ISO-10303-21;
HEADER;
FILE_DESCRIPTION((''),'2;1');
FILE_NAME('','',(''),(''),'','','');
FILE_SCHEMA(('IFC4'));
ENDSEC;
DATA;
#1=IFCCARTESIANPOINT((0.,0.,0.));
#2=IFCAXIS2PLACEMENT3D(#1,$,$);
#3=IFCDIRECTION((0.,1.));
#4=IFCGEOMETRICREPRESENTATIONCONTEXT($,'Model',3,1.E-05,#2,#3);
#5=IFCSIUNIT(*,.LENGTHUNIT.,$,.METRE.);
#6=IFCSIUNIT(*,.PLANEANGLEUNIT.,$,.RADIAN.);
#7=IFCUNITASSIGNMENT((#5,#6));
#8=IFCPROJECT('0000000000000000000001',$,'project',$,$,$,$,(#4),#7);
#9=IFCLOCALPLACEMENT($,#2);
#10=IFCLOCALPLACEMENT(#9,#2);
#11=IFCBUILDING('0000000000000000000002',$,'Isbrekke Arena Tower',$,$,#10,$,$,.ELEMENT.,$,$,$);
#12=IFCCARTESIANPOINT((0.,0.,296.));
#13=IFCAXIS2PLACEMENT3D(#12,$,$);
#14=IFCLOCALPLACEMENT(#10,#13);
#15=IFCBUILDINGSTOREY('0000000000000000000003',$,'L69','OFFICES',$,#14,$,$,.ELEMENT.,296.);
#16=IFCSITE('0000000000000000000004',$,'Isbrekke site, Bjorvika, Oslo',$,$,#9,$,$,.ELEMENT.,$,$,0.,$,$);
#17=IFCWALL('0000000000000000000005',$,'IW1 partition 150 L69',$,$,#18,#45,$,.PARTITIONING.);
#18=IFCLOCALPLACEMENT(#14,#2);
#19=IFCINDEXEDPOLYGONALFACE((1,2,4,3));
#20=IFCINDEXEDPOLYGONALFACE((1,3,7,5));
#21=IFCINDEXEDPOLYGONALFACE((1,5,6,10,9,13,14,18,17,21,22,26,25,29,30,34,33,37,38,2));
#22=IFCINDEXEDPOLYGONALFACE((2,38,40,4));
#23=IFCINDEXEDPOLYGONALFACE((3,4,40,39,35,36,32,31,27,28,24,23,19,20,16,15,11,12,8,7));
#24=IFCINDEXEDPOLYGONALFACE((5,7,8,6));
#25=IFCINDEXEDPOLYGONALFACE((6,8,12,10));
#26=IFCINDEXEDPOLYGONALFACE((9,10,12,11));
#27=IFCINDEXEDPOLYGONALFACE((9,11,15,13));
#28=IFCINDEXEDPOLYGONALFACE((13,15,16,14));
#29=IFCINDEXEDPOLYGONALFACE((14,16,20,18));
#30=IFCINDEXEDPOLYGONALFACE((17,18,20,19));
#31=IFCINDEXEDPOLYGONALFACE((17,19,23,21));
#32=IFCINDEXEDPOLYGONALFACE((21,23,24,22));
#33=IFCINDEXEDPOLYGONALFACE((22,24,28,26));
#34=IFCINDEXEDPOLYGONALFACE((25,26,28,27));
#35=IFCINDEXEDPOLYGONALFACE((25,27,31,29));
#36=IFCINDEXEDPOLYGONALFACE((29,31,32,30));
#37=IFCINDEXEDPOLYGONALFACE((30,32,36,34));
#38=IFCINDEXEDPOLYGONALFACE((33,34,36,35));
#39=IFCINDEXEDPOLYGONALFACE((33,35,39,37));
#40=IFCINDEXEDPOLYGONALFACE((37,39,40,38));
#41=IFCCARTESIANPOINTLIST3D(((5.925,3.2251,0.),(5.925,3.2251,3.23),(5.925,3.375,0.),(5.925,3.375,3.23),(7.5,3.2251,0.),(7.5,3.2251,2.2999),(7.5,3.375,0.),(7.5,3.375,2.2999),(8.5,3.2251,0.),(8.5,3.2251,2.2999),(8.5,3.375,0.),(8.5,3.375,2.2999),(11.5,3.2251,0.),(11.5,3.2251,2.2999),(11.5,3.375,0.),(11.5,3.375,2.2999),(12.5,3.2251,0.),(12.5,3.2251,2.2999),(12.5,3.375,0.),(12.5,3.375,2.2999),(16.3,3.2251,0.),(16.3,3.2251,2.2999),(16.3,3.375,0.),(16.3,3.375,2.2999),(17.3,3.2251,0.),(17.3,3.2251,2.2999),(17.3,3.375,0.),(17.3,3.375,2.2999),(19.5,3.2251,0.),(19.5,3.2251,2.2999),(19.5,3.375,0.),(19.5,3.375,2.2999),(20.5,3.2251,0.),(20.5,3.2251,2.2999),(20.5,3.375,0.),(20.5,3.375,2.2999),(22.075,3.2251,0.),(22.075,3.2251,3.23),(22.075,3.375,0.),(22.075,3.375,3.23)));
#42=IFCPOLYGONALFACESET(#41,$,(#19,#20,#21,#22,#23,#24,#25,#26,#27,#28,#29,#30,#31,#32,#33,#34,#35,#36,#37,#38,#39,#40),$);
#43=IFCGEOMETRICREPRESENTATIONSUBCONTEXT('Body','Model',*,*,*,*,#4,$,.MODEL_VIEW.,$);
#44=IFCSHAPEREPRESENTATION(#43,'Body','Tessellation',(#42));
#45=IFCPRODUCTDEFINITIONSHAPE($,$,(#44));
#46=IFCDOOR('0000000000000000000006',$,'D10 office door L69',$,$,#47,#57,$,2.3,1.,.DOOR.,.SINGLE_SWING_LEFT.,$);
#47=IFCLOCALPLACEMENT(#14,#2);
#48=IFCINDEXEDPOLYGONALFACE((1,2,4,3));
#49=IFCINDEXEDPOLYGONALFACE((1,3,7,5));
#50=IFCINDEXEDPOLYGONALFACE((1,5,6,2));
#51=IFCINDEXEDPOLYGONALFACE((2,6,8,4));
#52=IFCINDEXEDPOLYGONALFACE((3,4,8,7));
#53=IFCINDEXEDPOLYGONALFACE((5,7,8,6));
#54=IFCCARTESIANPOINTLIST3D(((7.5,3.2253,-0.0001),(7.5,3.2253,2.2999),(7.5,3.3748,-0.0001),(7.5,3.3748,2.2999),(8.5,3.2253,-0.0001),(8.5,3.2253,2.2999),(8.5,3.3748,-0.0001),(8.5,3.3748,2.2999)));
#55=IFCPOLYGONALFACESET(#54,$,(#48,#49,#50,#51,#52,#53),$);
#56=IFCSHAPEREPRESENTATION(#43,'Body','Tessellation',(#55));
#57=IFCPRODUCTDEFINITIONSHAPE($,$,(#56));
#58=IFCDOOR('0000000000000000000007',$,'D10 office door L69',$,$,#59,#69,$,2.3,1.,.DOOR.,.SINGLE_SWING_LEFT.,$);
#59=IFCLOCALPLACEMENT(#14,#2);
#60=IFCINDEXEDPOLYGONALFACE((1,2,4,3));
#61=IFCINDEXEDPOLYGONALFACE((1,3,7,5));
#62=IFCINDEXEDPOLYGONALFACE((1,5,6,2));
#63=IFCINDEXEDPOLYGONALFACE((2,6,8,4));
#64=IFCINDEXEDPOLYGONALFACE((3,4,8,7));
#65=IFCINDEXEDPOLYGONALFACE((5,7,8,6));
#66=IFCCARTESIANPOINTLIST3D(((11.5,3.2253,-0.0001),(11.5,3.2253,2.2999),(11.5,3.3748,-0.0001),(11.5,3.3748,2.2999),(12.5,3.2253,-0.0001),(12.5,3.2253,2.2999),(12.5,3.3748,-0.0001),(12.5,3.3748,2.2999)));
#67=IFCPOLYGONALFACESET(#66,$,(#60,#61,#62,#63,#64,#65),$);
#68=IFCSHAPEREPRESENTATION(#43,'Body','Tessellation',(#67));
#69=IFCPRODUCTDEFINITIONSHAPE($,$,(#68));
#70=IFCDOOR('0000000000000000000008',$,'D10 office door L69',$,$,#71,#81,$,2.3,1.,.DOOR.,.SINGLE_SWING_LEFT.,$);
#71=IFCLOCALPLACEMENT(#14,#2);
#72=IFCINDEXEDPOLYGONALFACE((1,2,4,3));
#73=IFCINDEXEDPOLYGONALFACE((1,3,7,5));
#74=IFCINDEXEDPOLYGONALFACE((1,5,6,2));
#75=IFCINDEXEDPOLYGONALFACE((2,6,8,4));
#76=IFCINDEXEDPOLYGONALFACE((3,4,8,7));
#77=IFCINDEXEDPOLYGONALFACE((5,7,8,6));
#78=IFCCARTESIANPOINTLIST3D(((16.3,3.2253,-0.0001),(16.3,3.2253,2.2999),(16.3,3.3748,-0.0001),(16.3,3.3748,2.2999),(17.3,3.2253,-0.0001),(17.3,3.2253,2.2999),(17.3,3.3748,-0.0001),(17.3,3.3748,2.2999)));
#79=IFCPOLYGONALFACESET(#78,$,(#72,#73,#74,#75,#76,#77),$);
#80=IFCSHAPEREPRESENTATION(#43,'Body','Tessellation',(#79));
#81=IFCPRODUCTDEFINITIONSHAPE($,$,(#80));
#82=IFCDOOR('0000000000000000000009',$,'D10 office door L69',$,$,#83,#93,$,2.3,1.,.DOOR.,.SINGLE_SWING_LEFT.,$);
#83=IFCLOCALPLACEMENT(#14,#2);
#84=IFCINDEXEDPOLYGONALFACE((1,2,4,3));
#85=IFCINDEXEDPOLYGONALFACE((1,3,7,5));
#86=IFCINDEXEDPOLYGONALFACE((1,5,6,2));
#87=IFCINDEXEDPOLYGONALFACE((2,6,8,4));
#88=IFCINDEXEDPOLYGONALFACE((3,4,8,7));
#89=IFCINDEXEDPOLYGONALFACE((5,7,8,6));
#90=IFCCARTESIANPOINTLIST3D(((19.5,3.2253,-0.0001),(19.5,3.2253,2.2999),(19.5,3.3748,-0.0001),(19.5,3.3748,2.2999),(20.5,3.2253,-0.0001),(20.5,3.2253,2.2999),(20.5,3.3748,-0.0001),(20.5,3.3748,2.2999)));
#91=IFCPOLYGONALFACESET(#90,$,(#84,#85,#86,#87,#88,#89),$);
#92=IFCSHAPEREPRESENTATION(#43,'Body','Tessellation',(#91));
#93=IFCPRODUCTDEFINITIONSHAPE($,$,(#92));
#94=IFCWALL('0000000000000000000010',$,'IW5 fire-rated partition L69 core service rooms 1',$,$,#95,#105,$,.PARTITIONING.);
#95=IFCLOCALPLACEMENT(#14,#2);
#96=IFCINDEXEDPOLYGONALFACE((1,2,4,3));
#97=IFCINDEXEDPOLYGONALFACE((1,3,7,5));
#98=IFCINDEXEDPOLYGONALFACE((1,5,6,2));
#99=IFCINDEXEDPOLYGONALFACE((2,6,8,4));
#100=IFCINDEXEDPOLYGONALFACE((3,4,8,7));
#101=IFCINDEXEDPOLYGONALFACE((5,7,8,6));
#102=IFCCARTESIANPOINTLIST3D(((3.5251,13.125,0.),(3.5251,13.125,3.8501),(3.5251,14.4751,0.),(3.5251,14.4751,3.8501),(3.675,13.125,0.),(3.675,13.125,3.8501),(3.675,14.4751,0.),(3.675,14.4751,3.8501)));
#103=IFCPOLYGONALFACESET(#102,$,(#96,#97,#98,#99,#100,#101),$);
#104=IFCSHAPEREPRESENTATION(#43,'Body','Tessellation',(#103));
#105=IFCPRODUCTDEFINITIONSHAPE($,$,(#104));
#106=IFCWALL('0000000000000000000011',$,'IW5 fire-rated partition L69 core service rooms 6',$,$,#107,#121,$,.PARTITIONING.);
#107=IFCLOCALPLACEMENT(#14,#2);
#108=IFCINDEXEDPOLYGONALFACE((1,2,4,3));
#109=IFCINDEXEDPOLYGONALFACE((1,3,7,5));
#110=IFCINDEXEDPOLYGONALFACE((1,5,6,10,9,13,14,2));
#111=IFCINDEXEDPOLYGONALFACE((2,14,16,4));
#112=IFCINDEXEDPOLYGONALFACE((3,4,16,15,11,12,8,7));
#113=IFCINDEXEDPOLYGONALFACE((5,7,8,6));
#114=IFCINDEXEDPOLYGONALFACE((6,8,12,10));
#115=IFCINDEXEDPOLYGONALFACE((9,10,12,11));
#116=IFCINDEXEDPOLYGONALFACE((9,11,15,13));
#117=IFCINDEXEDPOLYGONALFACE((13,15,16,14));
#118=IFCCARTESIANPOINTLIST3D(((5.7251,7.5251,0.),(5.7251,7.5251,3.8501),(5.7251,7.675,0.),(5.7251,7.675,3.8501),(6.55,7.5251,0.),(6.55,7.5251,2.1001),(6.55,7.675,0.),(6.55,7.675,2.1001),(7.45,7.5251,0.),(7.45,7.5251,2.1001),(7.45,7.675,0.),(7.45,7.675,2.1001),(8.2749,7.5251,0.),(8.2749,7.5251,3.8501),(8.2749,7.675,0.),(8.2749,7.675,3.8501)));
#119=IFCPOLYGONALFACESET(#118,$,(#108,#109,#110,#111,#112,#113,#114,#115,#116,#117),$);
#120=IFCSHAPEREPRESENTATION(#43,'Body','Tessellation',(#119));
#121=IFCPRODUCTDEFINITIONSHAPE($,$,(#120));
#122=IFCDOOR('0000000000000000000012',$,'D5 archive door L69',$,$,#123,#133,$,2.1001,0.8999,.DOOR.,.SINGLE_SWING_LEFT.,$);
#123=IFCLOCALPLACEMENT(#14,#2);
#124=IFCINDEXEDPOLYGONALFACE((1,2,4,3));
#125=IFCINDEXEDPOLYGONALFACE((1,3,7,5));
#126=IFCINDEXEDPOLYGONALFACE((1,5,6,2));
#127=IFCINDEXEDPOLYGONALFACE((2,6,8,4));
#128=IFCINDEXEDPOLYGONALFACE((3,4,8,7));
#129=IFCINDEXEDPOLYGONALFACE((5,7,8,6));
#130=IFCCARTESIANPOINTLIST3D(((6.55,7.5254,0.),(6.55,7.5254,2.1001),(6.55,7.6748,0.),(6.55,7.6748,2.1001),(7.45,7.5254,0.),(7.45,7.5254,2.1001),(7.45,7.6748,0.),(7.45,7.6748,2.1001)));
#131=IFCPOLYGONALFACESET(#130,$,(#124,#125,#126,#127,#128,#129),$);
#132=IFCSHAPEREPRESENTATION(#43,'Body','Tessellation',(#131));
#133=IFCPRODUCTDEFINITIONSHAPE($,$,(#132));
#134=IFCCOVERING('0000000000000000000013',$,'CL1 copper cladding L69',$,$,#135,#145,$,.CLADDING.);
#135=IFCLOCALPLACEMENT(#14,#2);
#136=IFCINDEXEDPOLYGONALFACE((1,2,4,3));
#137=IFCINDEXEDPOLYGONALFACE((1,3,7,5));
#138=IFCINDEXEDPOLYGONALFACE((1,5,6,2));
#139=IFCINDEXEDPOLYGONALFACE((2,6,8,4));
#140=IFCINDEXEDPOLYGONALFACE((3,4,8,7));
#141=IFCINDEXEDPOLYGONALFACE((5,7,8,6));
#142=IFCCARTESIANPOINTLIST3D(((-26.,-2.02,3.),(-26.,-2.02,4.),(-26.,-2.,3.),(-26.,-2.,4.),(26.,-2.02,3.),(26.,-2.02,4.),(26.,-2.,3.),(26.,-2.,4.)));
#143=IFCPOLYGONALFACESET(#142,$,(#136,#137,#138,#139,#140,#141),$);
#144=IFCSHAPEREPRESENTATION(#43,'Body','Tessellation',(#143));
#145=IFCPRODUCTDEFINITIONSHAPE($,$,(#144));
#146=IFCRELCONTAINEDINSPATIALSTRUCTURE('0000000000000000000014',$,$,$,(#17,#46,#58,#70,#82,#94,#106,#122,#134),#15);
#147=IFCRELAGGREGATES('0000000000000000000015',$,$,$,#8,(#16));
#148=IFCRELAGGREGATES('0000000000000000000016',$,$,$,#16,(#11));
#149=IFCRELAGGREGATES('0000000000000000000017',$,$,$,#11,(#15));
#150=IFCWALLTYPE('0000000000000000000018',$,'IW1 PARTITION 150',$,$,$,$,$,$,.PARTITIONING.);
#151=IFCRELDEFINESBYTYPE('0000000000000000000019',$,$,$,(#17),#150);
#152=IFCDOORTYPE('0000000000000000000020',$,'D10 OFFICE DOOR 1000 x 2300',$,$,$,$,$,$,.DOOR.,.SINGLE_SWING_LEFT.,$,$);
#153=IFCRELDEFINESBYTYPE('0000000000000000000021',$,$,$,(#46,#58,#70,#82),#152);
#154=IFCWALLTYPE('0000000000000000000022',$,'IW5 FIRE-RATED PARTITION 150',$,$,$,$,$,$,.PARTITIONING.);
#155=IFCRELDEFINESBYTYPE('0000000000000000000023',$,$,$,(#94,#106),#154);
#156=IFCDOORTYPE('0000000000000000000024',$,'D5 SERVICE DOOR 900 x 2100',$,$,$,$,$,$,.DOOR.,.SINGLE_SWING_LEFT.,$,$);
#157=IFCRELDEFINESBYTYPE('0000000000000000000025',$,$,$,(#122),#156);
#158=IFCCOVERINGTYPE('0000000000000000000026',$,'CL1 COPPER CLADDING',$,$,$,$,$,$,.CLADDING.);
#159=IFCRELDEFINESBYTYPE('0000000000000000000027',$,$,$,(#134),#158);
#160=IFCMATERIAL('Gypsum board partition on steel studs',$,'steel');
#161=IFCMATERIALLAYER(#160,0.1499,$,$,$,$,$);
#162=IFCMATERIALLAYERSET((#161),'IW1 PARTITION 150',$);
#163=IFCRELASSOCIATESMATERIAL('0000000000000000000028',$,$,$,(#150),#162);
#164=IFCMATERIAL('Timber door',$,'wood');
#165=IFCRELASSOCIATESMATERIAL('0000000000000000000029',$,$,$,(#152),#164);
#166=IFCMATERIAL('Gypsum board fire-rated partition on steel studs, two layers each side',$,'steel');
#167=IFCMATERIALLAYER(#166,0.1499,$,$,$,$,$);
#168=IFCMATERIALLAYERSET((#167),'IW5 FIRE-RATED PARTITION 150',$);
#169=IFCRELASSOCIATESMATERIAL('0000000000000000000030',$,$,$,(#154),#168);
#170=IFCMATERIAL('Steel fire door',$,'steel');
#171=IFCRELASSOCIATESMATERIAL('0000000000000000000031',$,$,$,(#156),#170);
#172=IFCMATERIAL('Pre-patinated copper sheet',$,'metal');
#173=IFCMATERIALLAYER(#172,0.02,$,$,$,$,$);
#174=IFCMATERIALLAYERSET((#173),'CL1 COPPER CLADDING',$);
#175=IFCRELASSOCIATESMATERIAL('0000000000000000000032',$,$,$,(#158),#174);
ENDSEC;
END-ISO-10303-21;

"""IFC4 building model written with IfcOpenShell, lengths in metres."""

from ifc_helpers import new_model, si_unit, direction, frame, frame_2d, origin, origin_2d, place, context, subcontext, project, spatial, rectangle, extrude, material, layer, layer_set, type_object, element, fill, save


model = new_model("IFC4")

# Units and contexts
model_context = context("Model", 3, precision=1e-05, world=origin(), true_north=direction((0.0, 1.0)))
body_context = subcontext(model_context, "Body", "Model", "MODEL_VIEW")
ifc_project = project(units=[si_unit("LENGTHUNIT", "METRE"), si_unit("PLANEANGLEUNIT", "RADIAN")], contexts=[model_context])

# Site, building, storey
site_placement = place(None, origin())
site = spatial("IfcSite", under=ifc_project, at=site_placement, Name="Isbrekke site, Bjorvika, Oslo", CompositionType="ELEMENT", RefElevation=0.0)
building_placement = place(site_placement, origin())
building = spatial("IfcBuilding", under=site, at=building_placement, Name="Isbrekke Arena Tower", CompositionType="ELEMENT")
storey_placement = place(building_placement, frame((0.0, 0.0, 296.0)))
storey = spatial("IfcBuildingStorey", under=building, at=storey_placement, Name="L69", Description="OFFICES", CompositionType="ELEMENT", Elevation=296.0)

# Wall, openings, doors
ifc_material_1 = material(Name="Gypsum board partition on steel studs", Category="steel")
ifc_layer_1 = layer(ifc_material_1, 0.1499)
ifc_layer_set_1 = layer_set([ifc_layer_1], Name="IW1 PARTITION 150")
wall_type_1 = type_object("IfcWallType", Name="IW1 PARTITION 150", PredefinedType="PARTITIONING", material=ifc_layer_set_1)
wall_1_placement = place(storey_placement, frame((5.925, 3.3, 0.0), z_axis=(0.0, 0.0, 1.0), x_axis=(1.0, 0.0, 0.0)))
wall_1 = element("IfcWall", 1, at=wall_1_placement, inside=storey, type_object=wall_type_1, Name="IW1 partition 150 L69", PredefinedType="PARTITIONING", context=body_context, shape_type="SweptSolid", body=[
    extrude(rectangle(XDim=16.1499, YDim=0.1499, at=frame_2d((8.075, 0.0))), origin(), (0.0, 0.0, 1.0), 3.23),
])
opening_1_placement = place(wall_1_placement, frame((1.575, 0.0, 0.0)))
opening_1 = element("IfcOpeningElement", 2, at=opening_1_placement, cuts=wall_1, PredefinedType="OPENING", context=body_context, shape_type="SweptSolid", body=[
    extrude(rectangle(XDim=1.0, YDim=2.3, at=frame_2d((0.5, 1.1499))), frame((0.0, 0.0898, 0.0), z_axis=(0.0, -1.0, 0.0), x_axis=(1.0, 0.0, 0.0)), (0.0, 0.0, 1.0), 0.1797),
])
opening_2_placement = place(wall_1_placement, frame((5.575, 0.0, 0.0)))
opening_2 = element("IfcOpeningElement", 3, at=opening_2_placement, cuts=wall_1, PredefinedType="OPENING", context=body_context, shape_type="SweptSolid", body=[
    extrude(rectangle(XDim=1.0, YDim=2.3, at=frame_2d((0.5, 1.1499))), frame((0.0, 0.0898, 0.0), z_axis=(0.0, -1.0, 0.0), x_axis=(1.0, 0.0, 0.0)), (0.0, 0.0, 1.0), 0.1797),
])
opening_3_placement = place(wall_1_placement, frame((10.375, 0.0, 0.0)))
opening_3 = element("IfcOpeningElement", 4, at=opening_3_placement, cuts=wall_1, PredefinedType="OPENING", context=body_context, shape_type="SweptSolid", body=[
    extrude(rectangle(XDim=1.0, YDim=2.3, at=frame_2d((0.5, 1.1499))), frame((0.0, 0.0898, 0.0), z_axis=(0.0, -1.0, 0.0), x_axis=(1.0, 0.0, 0.0)), (0.0, 0.0, 1.0), 0.1797),
])
opening_4_placement = place(wall_1_placement, frame((13.575, 0.0, 0.0)))
opening_4 = element("IfcOpeningElement", 5, at=opening_4_placement, cuts=wall_1, PredefinedType="OPENING", context=body_context, shape_type="SweptSolid", body=[
    extrude(rectangle(XDim=1.0, YDim=2.3, at=frame_2d((0.5, 1.1499))), frame((0.0, 0.0898, 0.0), z_axis=(0.0, -1.0, 0.0), x_axis=(1.0, 0.0, 0.0)), (0.0, 0.0, 1.0), 0.1797),
])
ifc_material_2 = material(Name="Timber door", Category="wood")
door_type_1 = type_object("IfcDoorType", Name="D10 OFFICE DOOR 1000 x 2300", OperationType="SINGLE_SWING_LEFT", PredefinedType="DOOR", material=ifc_material_2)
door_1_placement = place(opening_1_placement, origin())
door_1 = element("IfcDoor", 6, at=door_1_placement, inside=storey, type_object=door_type_1, Name="D10 office door L69", OperationType="SINGLE_SWING_LEFT", OverallHeight=2.3, OverallWidth=1.0, PredefinedType="DOOR", context=body_context, shape_type="SweptSolid", body=[
    extrude(rectangle(XDim=1.0, YDim=2.3, at=frame_2d((0.5, 1.1499))), frame((0.0, 0.0747, 0.0), z_axis=(0.0, -1.0, 0.0), x_axis=(1.0, 0.0, 0.0)), (0.0, 0.0, 1.0), 0.1494),
])
fill(opening_1, door_1)
door_2_placement = place(opening_2_placement, origin())
door_2 = element("IfcDoor", 7, at=door_2_placement, inside=storey, type_object=door_type_1, Name="D10 office door L69", OperationType="SINGLE_SWING_LEFT", OverallHeight=2.3, OverallWidth=1.0, PredefinedType="DOOR", context=body_context, shape_type="SweptSolid", body=[
    extrude(rectangle(XDim=1.0, YDim=2.3, at=frame_2d((0.5, 1.1499))), frame((0.0, 0.0747, 0.0), z_axis=(0.0, -1.0, 0.0), x_axis=(1.0, 0.0, 0.0)), (0.0, 0.0, 1.0), 0.1494),
])
fill(opening_2, door_2)
door_3_placement = place(opening_3_placement, origin())
door_3 = element("IfcDoor", 8, at=door_3_placement, inside=storey, type_object=door_type_1, Name="D10 office door L69", OperationType="SINGLE_SWING_LEFT", OverallHeight=2.3, OverallWidth=1.0, PredefinedType="DOOR", context=body_context, shape_type="SweptSolid", body=[
    extrude(rectangle(XDim=1.0, YDim=2.3, at=frame_2d((0.5, 1.1499))), frame((0.0, 0.0747, 0.0), z_axis=(0.0, -1.0, 0.0), x_axis=(1.0, 0.0, 0.0)), (0.0, 0.0, 1.0), 0.1494),
])
fill(opening_3, door_3)
door_4_placement = place(opening_4_placement, origin())
door_4 = element("IfcDoor", 9, at=door_4_placement, inside=storey, type_object=door_type_1, Name="D10 office door L69", OperationType="SINGLE_SWING_LEFT", OverallHeight=2.3, OverallWidth=1.0, PredefinedType="DOOR", context=body_context, shape_type="SweptSolid", body=[
    extrude(rectangle(XDim=1.0, YDim=2.3, at=frame_2d((0.5, 1.1499))), frame((0.0, 0.0747, 0.0), z_axis=(0.0, -1.0, 0.0), x_axis=(1.0, 0.0, 0.0)), (0.0, 0.0, 1.0), 0.1494),
])
fill(opening_4, door_4)

# Wall
ifc_material_3 = material(Name="Gypsum board fire-rated partition on steel studs, two layers each side", Category="steel")
ifc_layer_2 = layer(ifc_material_3, 0.1499)
ifc_layer_set_2 = layer_set([ifc_layer_2], Name="IW5 FIRE-RATED PARTITION 150")
wall_type_2 = type_object("IfcWallType", Name="IW5 FIRE-RATED PARTITION 150", PredefinedType="PARTITIONING", material=ifc_layer_set_2)
wall_2_placement = place(storey_placement, frame((3.6001, 13.125, 0.0), z_axis=(0.0, 0.0, 1.0), x_axis=(0.0, 1.0, 0.0)))
element("IfcWall", 10, at=wall_2_placement, inside=storey, type_object=wall_type_2, Name="IW5 fire-rated partition L69 core service rooms 1", PredefinedType="PARTITIONING", context=body_context, shape_type="SweptSolid", body=[
    extrude(rectangle(XDim=1.3501, YDim=0.1499, at=frame_2d((0.675, 0.0))), origin(), (0.0, 0.0, 1.0), 3.8501),
])

# Wall, opening, door
wall_3_placement = place(storey_placement, frame((5.7251, 7.6001, 0.0), z_axis=(0.0, 0.0, 1.0), x_axis=(1.0, 0.0, 0.0)))
wall_3 = element("IfcWall", 11, at=wall_3_placement, inside=storey, type_object=wall_type_2, Name="IW5 fire-rated partition L69 core service rooms 6", PredefinedType="PARTITIONING", context=body_context, shape_type="SweptSolid", body=[
    extrude(rectangle(XDim=2.5498, YDim=0.1499, at=frame_2d((1.2749, 0.0))), origin(), (0.0, 0.0, 1.0), 3.8501),
])
opening_5_placement = place(wall_3_placement, frame((0.825, 0.0, 0.0)))
opening_5 = element("IfcOpeningElement", 12, at=opening_5_placement, cuts=wall_3, PredefinedType="OPENING", context=body_context, shape_type="SweptSolid", body=[
    extrude(rectangle(XDim=0.8999, YDim=2.1001, at=frame_2d((0.45, 1.05))), frame((0.0, 0.0898, 0.0), z_axis=(0.0, -1.0, 0.0), x_axis=(1.0, 0.0, 0.0)), (0.0, 0.0, 1.0), 0.1797),
])
ifc_material_4 = material(Name="Steel fire door", Category="steel")
door_type_2 = type_object("IfcDoorType", Name="D5 SERVICE DOOR 900 x 2100", OperationType="SINGLE_SWING_LEFT", PredefinedType="DOOR", material=ifc_material_4)
door_5_placement = place(opening_5_placement, origin())
door_5 = element("IfcDoor", 13, at=door_5_placement, inside=storey, type_object=door_type_2, Name="D5 archive door L69", OperationType="SINGLE_SWING_LEFT", OverallHeight=2.1001, OverallWidth=0.8999, PredefinedType="DOOR", context=body_context, shape_type="SweptSolid", body=[
    extrude(rectangle(XDim=0.8999, YDim=2.1001, at=frame_2d((0.45, 1.05))), frame((0.0, 0.0747, 0.0), z_axis=(0.0, -1.0, 0.0), x_axis=(1.0, 0.0, 0.0)), (0.0, 0.0, 1.0), 0.1494),
])
fill(opening_5, door_5)

# Covering
ifc_material_5 = material(Name="Pre-patinated copper sheet", Category="metal")
ifc_layer_3 = layer(ifc_material_5, 0.02)
ifc_layer_set_3 = layer_set([ifc_layer_3], Name="CL1 COPPER CLADDING")
covering_type = type_object("IfcCoveringType", Name="CL1 COPPER CLADDING", PredefinedType="CLADDING", material=ifc_layer_set_3)
covering_placement = place(storey_placement, frame((0.0, -2.01, 3.0), z_axis=(0.0, 0.0, 1.0), x_axis=(1.0, 0.0, 0.0)))
element("IfcCovering", 14, at=covering_placement, inside=storey, type_object=covering_type, Name="CL1 copper cladding L69", PredefinedType="CLADDING", context=body_context, shape_type="SweptSolid", body=[
    extrude(rectangle(XDim=52.0, YDim=0.02, at=origin_2d()), origin(), (0.0, 0.0, 1.0), 1.0),
])

save(model, "model.ifc")
